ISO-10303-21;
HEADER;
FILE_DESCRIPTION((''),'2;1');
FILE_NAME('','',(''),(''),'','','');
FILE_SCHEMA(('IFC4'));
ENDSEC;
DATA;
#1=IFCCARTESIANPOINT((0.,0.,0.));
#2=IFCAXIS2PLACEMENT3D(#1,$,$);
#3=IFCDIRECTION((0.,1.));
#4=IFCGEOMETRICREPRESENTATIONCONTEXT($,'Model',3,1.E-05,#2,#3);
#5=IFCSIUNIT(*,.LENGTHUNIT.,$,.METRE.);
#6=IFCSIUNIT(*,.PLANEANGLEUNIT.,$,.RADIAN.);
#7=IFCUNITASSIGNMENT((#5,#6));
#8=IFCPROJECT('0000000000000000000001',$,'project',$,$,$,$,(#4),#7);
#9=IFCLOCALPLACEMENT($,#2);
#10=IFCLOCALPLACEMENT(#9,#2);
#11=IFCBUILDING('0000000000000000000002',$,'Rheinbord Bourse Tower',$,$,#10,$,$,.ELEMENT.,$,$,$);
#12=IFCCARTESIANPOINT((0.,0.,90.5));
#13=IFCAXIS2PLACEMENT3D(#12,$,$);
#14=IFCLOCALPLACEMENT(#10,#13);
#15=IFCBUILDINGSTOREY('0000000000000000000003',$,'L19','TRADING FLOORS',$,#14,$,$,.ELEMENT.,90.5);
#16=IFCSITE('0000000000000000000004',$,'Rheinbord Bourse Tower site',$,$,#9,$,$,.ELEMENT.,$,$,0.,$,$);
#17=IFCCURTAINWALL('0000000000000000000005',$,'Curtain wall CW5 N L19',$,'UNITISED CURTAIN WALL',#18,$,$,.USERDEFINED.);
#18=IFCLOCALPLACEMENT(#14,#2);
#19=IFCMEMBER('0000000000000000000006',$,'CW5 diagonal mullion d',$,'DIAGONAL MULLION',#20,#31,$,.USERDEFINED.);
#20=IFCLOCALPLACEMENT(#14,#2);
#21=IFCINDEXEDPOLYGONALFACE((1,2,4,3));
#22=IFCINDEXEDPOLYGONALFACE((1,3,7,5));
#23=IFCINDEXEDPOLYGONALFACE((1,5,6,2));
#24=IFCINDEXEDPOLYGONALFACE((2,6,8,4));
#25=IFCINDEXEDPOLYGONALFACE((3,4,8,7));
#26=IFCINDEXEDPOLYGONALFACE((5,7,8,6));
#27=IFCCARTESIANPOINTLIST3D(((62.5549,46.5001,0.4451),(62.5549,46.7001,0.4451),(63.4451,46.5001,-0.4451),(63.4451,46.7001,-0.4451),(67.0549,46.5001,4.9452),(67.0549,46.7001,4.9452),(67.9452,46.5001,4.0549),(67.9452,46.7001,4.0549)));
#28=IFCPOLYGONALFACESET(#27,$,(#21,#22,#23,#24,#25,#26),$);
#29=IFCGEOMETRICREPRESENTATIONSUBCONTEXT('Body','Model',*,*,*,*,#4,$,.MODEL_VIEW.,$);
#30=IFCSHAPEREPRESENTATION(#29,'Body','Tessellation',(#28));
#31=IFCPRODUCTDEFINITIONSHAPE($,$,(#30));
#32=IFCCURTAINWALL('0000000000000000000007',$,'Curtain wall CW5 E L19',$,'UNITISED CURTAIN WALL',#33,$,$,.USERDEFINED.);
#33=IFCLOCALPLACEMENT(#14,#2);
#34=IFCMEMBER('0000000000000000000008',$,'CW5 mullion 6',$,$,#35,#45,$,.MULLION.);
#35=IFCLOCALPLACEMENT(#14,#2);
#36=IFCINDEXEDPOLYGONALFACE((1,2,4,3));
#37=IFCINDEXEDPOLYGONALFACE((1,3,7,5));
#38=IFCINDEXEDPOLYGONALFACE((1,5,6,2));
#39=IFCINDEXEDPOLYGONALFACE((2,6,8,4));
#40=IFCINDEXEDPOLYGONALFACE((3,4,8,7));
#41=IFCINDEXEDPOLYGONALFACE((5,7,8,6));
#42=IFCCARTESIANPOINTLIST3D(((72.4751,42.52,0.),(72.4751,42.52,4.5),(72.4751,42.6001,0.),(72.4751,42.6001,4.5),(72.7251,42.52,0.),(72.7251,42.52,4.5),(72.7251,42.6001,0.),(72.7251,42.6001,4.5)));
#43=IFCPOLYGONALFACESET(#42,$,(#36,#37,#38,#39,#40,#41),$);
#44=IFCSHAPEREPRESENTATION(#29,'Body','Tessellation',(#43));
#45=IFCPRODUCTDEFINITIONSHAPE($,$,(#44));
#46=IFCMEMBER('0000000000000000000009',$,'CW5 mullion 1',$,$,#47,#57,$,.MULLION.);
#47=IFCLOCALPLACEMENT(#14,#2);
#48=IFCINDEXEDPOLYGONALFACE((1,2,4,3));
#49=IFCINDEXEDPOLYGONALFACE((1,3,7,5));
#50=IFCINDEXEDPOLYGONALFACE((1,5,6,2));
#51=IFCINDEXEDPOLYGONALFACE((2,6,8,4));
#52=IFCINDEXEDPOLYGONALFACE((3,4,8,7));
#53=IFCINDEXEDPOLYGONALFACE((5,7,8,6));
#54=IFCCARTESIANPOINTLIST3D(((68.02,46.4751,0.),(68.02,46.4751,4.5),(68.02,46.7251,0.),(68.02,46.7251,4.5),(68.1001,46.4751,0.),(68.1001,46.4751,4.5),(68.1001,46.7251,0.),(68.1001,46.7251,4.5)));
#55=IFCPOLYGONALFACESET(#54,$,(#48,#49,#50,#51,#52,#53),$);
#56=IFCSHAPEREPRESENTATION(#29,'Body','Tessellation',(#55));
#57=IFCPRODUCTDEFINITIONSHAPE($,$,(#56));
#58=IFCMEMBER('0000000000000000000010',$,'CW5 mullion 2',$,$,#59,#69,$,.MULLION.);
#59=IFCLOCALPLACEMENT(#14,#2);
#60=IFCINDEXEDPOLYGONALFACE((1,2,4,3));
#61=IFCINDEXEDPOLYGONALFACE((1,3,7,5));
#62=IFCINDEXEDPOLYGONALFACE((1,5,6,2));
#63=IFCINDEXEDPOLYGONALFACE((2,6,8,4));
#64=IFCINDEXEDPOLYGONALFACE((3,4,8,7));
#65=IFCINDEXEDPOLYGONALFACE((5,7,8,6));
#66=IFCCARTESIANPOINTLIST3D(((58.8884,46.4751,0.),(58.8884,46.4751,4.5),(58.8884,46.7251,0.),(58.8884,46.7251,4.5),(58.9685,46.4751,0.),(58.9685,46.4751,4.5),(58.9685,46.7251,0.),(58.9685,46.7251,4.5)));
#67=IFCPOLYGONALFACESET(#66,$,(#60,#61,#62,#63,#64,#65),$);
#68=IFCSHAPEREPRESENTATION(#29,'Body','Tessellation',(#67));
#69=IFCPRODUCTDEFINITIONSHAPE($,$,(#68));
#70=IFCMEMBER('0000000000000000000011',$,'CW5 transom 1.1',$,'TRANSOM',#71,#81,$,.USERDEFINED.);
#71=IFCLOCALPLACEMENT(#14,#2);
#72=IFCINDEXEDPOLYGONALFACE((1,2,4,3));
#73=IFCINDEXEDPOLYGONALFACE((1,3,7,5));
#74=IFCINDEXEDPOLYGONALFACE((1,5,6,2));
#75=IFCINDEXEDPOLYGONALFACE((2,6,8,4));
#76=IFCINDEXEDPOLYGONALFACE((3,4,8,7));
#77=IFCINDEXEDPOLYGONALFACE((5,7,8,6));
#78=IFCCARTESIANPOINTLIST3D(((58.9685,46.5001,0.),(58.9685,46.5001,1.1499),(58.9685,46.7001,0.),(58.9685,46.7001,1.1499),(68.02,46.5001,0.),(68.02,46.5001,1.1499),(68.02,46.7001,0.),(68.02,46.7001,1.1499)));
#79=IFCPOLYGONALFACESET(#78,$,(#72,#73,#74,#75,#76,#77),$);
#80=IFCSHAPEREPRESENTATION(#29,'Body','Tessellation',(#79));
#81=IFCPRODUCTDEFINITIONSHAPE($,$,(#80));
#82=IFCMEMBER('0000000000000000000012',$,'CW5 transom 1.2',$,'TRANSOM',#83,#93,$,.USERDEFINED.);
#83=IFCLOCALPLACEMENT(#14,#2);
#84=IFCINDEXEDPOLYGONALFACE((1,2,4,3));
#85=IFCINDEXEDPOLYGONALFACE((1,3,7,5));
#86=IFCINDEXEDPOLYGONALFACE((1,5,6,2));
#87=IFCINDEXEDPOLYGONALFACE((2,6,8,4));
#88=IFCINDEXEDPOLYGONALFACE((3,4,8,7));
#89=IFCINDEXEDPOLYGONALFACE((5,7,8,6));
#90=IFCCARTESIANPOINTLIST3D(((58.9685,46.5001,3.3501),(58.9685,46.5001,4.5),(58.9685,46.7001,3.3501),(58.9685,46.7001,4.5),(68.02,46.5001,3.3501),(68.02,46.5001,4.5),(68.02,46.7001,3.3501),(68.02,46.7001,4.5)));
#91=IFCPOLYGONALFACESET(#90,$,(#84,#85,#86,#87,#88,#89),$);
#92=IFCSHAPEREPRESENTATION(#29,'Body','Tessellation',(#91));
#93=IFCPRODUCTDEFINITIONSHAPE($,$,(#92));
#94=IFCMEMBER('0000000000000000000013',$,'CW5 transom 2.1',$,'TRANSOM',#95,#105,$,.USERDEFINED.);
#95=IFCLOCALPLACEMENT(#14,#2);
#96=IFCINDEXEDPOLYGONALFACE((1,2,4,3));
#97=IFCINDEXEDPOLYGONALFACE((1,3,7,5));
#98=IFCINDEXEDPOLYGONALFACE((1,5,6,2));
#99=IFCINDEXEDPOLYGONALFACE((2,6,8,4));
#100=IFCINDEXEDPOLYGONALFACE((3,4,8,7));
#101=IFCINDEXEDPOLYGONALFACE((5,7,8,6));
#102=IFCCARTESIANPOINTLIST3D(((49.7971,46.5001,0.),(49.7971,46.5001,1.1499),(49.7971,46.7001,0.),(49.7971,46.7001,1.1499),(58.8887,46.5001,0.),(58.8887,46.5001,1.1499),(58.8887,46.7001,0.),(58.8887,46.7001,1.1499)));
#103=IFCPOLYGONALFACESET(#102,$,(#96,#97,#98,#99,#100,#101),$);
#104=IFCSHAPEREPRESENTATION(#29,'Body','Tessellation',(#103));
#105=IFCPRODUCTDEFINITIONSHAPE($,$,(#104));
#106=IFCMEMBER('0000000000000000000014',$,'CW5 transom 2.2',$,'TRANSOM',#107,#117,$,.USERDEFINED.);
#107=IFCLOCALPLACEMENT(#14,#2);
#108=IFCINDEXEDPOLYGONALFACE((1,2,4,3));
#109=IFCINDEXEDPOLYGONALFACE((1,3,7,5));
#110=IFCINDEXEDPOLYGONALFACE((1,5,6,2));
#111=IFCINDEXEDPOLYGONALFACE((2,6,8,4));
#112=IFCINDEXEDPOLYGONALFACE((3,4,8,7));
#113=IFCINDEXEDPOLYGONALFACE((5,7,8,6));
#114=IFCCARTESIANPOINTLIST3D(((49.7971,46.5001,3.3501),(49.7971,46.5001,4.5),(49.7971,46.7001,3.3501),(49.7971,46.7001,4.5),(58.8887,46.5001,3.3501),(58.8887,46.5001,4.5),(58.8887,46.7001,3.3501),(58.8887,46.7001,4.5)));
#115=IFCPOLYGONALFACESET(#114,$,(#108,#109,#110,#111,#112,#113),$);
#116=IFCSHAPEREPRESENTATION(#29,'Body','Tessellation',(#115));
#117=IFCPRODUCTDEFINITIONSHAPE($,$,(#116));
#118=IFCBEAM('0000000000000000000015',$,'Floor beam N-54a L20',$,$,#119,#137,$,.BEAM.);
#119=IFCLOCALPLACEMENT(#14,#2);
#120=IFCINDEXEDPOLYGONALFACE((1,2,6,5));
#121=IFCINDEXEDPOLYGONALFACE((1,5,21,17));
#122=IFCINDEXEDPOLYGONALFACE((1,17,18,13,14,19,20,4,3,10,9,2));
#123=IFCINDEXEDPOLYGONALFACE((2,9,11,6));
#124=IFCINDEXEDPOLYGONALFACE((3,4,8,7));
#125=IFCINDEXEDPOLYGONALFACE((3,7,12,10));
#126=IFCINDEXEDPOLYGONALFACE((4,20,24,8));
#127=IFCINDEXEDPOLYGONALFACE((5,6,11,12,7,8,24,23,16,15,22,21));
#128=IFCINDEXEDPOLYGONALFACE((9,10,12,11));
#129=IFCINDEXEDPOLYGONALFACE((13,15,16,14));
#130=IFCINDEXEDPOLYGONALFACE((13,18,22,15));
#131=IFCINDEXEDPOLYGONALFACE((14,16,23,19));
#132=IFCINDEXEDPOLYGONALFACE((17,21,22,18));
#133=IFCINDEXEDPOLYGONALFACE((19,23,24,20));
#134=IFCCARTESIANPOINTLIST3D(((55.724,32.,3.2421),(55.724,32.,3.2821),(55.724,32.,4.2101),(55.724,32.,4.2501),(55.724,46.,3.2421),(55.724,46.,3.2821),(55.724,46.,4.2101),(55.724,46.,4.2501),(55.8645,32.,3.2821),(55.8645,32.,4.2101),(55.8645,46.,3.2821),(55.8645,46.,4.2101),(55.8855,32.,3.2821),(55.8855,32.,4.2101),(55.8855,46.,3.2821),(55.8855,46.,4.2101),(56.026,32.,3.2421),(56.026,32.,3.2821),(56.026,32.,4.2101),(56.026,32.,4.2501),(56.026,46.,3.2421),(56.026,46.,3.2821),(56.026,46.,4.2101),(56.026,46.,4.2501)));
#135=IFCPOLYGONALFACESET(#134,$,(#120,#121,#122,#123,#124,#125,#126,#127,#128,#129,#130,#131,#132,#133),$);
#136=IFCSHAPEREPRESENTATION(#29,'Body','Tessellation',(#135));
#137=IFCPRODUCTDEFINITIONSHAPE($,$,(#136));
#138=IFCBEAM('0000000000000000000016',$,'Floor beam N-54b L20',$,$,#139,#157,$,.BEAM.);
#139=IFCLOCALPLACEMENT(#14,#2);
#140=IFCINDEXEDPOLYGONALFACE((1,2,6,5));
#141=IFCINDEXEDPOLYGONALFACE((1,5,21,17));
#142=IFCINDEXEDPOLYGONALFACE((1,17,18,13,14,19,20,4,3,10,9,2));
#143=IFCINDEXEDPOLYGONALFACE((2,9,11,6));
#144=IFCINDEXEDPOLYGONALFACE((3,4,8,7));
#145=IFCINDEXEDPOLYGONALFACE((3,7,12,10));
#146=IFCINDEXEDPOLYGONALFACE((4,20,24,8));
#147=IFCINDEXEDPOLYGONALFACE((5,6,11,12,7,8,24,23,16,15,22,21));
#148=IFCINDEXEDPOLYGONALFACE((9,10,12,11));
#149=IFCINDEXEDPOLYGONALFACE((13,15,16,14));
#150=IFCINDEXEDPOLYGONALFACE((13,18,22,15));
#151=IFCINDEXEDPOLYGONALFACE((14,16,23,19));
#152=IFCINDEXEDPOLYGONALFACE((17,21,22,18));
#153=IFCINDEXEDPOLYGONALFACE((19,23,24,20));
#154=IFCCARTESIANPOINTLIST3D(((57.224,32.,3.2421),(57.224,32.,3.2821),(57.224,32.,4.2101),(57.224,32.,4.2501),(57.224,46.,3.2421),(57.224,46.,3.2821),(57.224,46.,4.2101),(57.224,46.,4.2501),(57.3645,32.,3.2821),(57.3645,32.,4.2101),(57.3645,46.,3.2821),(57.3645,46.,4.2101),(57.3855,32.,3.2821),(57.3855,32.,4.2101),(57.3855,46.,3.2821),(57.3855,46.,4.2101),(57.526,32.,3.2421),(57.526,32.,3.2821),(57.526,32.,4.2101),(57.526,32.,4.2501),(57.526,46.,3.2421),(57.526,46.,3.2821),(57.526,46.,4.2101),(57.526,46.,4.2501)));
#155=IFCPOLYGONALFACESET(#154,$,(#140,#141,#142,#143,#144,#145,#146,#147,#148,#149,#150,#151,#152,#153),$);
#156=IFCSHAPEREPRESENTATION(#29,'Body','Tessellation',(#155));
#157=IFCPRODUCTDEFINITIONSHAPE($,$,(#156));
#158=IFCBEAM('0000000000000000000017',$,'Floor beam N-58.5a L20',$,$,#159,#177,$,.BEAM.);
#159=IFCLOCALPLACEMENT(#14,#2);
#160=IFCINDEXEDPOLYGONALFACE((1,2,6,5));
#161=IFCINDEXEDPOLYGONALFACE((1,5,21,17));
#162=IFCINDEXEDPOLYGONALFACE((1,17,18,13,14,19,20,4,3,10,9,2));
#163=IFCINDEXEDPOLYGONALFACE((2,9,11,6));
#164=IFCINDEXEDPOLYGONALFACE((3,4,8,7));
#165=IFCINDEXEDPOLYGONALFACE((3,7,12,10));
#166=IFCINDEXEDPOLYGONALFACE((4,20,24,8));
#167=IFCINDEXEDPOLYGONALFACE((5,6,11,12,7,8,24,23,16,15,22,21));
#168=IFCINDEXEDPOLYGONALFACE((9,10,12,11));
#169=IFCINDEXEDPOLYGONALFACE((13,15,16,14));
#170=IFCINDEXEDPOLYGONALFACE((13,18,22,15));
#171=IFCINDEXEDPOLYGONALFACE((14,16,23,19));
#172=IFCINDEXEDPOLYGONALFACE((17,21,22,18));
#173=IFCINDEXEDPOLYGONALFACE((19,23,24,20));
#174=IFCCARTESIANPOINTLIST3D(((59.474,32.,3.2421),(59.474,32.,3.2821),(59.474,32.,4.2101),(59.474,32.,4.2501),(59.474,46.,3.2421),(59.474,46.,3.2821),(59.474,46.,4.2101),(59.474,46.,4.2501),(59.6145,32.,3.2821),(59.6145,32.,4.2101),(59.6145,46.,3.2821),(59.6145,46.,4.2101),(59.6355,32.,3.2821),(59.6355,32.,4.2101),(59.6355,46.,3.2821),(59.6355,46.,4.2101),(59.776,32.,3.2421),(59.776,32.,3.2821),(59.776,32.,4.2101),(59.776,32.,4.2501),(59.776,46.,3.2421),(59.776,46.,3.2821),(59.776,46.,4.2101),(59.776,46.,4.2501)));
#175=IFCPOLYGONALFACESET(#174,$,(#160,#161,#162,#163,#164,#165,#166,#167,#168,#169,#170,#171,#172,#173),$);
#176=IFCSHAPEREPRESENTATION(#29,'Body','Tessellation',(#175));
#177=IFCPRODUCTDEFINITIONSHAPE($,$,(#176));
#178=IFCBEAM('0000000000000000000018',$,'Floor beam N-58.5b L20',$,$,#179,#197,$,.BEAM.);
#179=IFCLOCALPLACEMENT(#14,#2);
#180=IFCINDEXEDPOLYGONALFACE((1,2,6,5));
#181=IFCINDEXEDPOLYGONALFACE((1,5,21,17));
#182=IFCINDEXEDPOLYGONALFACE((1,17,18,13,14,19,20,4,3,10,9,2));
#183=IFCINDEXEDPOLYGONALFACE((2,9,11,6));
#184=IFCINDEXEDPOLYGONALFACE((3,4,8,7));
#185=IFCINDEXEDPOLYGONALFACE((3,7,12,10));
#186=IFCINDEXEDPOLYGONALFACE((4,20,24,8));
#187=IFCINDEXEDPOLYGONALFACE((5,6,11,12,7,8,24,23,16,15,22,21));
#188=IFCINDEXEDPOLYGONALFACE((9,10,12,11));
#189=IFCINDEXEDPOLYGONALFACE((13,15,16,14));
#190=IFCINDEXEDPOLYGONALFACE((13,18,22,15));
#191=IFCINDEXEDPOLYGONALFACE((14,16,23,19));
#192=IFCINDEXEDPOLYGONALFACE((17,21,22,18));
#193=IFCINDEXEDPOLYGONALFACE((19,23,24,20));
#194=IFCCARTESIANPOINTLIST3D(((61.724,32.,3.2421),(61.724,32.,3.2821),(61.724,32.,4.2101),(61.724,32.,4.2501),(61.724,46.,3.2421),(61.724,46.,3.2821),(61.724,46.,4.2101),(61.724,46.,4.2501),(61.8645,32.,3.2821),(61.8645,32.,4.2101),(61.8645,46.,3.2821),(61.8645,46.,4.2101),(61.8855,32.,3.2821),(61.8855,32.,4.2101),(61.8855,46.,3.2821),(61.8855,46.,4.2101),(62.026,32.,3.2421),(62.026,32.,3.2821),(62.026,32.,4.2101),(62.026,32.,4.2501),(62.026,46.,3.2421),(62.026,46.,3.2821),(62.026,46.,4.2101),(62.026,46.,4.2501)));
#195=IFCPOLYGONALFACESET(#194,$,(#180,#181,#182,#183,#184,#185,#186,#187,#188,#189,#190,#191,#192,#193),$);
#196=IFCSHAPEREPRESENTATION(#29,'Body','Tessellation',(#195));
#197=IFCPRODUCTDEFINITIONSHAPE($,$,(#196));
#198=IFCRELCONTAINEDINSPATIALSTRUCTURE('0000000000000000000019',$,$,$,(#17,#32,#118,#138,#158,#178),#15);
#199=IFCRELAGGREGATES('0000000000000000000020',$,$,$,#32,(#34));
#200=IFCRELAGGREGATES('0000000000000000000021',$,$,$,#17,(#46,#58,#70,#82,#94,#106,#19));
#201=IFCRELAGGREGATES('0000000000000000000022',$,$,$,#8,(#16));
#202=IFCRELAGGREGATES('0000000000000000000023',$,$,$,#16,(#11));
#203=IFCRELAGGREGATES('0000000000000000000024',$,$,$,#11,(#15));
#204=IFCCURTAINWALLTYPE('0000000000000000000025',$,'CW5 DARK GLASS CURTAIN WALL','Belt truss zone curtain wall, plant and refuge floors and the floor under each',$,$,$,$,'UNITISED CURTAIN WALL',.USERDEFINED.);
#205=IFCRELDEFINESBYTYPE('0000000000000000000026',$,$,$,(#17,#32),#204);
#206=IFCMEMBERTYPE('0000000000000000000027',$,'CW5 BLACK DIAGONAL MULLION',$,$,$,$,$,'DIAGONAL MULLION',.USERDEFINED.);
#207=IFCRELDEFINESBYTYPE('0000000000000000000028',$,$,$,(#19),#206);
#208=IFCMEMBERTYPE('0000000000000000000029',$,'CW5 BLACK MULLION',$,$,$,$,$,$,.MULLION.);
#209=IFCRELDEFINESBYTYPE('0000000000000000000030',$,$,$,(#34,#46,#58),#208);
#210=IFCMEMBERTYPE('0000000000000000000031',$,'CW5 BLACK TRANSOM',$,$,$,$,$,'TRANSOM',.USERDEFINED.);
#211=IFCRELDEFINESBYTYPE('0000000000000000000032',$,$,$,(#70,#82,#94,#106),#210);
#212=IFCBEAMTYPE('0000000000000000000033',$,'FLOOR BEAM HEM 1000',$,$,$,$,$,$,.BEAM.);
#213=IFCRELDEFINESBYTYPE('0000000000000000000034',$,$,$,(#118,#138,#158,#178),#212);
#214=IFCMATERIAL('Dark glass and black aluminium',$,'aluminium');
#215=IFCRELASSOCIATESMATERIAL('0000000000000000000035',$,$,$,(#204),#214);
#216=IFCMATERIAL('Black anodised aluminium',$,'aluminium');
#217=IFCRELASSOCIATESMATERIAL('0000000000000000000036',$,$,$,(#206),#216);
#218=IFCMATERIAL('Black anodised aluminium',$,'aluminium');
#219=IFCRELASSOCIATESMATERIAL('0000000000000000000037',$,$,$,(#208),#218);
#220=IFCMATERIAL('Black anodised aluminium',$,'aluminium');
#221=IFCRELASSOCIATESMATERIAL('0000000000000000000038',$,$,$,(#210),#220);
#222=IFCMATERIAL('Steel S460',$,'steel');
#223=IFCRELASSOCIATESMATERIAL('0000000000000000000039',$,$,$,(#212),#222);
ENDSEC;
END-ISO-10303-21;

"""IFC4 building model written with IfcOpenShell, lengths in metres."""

from ifc_helpers import new_model, si_unit, direction, frame, origin, origin_2d, place, context, subcontext, project, spatial, rectangle, i_section, extrude, material, material_profile, profile_set, type_object, element, aggregate, save


model = new_model("IFC4")

# Units and contexts
model_context = context("Model", 3, precision=1e-05, world=origin(), true_north=direction((0.0, 1.0)))
body_context = subcontext(model_context, "Body", "Model", "MODEL_VIEW")
ifc_project = project(units=[si_unit("LENGTHUNIT", "METRE"), si_unit("PLANEANGLEUNIT", "RADIAN")], contexts=[model_context])

# Site, building, storey
site_placement = place(None, origin())
site = spatial("IfcSite", under=ifc_project, at=site_placement, Name="Rheinbord Bourse Tower site", CompositionType="ELEMENT", RefElevation=0.0)
building_placement = place(site_placement, origin())
building = spatial("IfcBuilding", under=site, at=building_placement, Name="Rheinbord Bourse Tower", CompositionType="ELEMENT")
storey_placement = place(building_placement, frame((0.0, 0.0, 90.5)))
storey = spatial("IfcBuildingStorey", under=building, at=storey_placement, Name="L19", Description="TRADING FLOORS", CompositionType="ELEMENT", Elevation=90.5)

# Curtain walls, members
ifc_material_1 = material(Name="Dark glass and black aluminium", Category="aluminium")
curtain_wall_type = type_object("IfcCurtainWallType", Name="CW5 DARK GLASS CURTAIN WALL", Description="Belt truss zone curtain wall, plant and refuge floors and the floor under each", ElementType="UNITISED CURTAIN WALL", PredefinedType="USERDEFINED", material=ifc_material_1)
curtain_wall_1_placement = place(storey_placement, origin())
curtain_wall_1 = element("IfcCurtainWall", 1, at=curtain_wall_1_placement, inside=storey, type_object=curtain_wall_type, Name="Curtain wall CW5 N L19", ObjectType="UNITISED CURTAIN WALL", PredefinedType="USERDEFINED")
ifc_material_2 = material(Name="Black anodised aluminium", Category="aluminium")
ifc_material_profile_1 = material_profile(ifc_material_2, rectangle(XDim=0.2, YDim=1.259, at=origin_2d()), Name="CW5 DIAGONAL MULLION 1259x200")
ifc_profile_set_1 = profile_set([ifc_material_profile_1], Name="Black anodised aluminium")
member_type_1 = type_object("IfcMemberType", Name="CW5 BLACK DIAGONAL MULLION", ElementType="DIAGONAL MULLION", PredefinedType="USERDEFINED", material=ifc_profile_set_1)
member_1_placement = place(storey_placement, frame((63.0, 46.6001, 0.0), z_axis=(0.707107, 0.0, 0.707107), x_axis=(0.0, 1.0, 0.0)))
member_1 = element("IfcMember", 2, at=member_1_placement, type_object=member_type_1, Name="CW5 diagonal mullion d", ObjectType="DIAGONAL MULLION", PredefinedType="USERDEFINED", context=body_context, shape_type="SweptSolid", body=[
    extrude(rectangle(XDim=0.2, YDim=1.259, at=origin_2d()), origin(), (0.0, 0.0, 1.0), 6.364),
])
curtain_wall_2_placement = place(storey_placement, origin())
curtain_wall_2 = element("IfcCurtainWall", 3, at=curtain_wall_2_placement, inside=storey, type_object=curtain_wall_type, Name="Curtain wall CW5 E L19", ObjectType="UNITISED CURTAIN WALL", PredefinedType="USERDEFINED")
ifc_material_3 = material(Name="Black anodised aluminium", Category="aluminium")
ifc_material_profile_2 = material_profile(ifc_material_3, rectangle(XDim=0.25, YDim=0.0801, at=origin_2d()), Name="CW5 MULLION 80x250")
ifc_profile_set_2 = profile_set([ifc_material_profile_2], Name="Black anodised aluminium")
member_type_2 = type_object("IfcMemberType", Name="CW5 BLACK MULLION", PredefinedType="MULLION", material=ifc_profile_set_2)
member_2_placement = place(storey_placement, frame((72.6001, 42.5601, 0.0), z_axis=(0.0, 0.0, 1.0), x_axis=(-1.0, 0.0, 0.0)))
member_2 = element("IfcMember", 4, at=member_2_placement, type_object=member_type_2, Name="CW5 mullion 6", PredefinedType="MULLION", context=body_context, shape_type="SweptSolid", body=[
    extrude(rectangle(XDim=0.25, YDim=0.0801, at=origin_2d()), origin(), (0.0, 0.0, 1.0), 4.5),
])
aggregate(curtain_wall_2, [member_2])

# Members
member_3_placement = place(storey_placement, frame((68.0601, 46.6001, 0.0), z_axis=(0.0, 0.0, 1.0), x_axis=(0.0, -1.0, 0.0)))
member_3 = element("IfcMember", 5, at=member_3_placement, type_object=member_type_2, Name="CW5 mullion 1", PredefinedType="MULLION", context=body_context, shape_type="SweptSolid", body=[
    extrude(rectangle(XDim=0.25, YDim=0.0801, at=origin_2d()), origin(), (0.0, 0.0, 1.0), 4.5),
])
member_4_placement = place(storey_placement, frame((58.9285, 46.6001, 0.0), z_axis=(0.0, 0.0, 1.0), x_axis=(0.0, -1.0, 0.0)))
member_4 = element("IfcMember", 6, at=member_4_placement, type_object=member_type_2, Name="CW5 mullion 2", PredefinedType="MULLION", context=body_context, shape_type="SweptSolid", body=[
    extrude(rectangle(XDim=0.25, YDim=0.0801, at=origin_2d()), origin(), (0.0, 0.0, 1.0), 4.5),
])
ifc_material_4 = material(Name="Black anodised aluminium", Category="aluminium")
ifc_material_profile_3 = material_profile(ifc_material_4, rectangle(XDim=0.2, YDim=1.1499, at=origin_2d()), Name="CW5 TRANSOM 1150x200")
ifc_profile_set_3 = profile_set([ifc_material_profile_3], Name="Black anodised aluminium")
member_type_3 = type_object("IfcMemberType", Name="CW5 BLACK TRANSOM", ElementType="TRANSOM", PredefinedType="USERDEFINED", material=ifc_profile_set_3)
member_5_placement = place(storey_placement, frame((68.02, 46.6001, 0.575), z_axis=(-1.0, 0.0, 0.0), x_axis=(0.0, -1.0, 0.0)))
member_5 = element("IfcMember", 7, at=member_5_placement, type_object=member_type_3, Name="CW5 transom 1.1", ObjectType="TRANSOM", PredefinedType="USERDEFINED", context=body_context, shape_type="SweptSolid", body=[
    extrude(rectangle(XDim=0.2, YDim=1.1499, at=origin_2d()), origin(), (0.0, 0.0, 1.0), 9.0515),
])
member_6_placement = place(storey_placement, frame((68.02, 46.6001, 3.925), z_axis=(-1.0, 0.0, 0.0), x_axis=(0.0, -1.0, 0.0)))
member_6 = element("IfcMember", 8, at=member_6_placement, type_object=member_type_3, Name="CW5 transom 1.2", ObjectType="TRANSOM", PredefinedType="USERDEFINED", context=body_context, shape_type="SweptSolid", body=[
    extrude(rectangle(XDim=0.2, YDim=1.1499, at=origin_2d()), origin(), (0.0, 0.0, 1.0), 9.0515),
])
member_7_placement = place(storey_placement, frame((58.8887, 46.6001, 0.575), z_axis=(-1.0, 0.0, 0.0), x_axis=(0.0, -1.0, 0.0)))
member_7 = element("IfcMember", 9, at=member_7_placement, type_object=member_type_3, Name="CW5 transom 2.1", ObjectType="TRANSOM", PredefinedType="USERDEFINED", context=body_context, shape_type="SweptSolid", body=[
    extrude(rectangle(XDim=0.2, YDim=1.1499, at=origin_2d()), origin(), (0.0, 0.0, 1.0), 9.0916),
])
member_8_placement = place(storey_placement, frame((58.8887, 46.6001, 3.925), z_axis=(-1.0, 0.0, 0.0), x_axis=(0.0, -1.0, 0.0)))
member_8 = element("IfcMember", 10, at=member_8_placement, type_object=member_type_3, Name="CW5 transom 2.2", ObjectType="TRANSOM", PredefinedType="USERDEFINED", context=body_context, shape_type="SweptSolid", body=[
    extrude(rectangle(XDim=0.2, YDim=1.1499, at=origin_2d()), origin(), (0.0, 0.0, 1.0), 9.0916),
])

# Beams
ifc_material_5 = material(Name="Steel S460", Category="steel")
ifc_material_profile_4 = material_profile(ifc_material_5, i_section(OverallWidth=0.302, OverallDepth=1.0081, WebThickness=0.021, FlangeThickness=0.04, at=origin_2d()), Name="HEM 1000")
ifc_profile_set_4 = profile_set([ifc_material_profile_4], Name="Steel S460")
beam_type_1 = type_object("IfcBeamType", Name="FLOOR BEAM HEM 1000", PredefinedType="BEAM", material=ifc_profile_set_4)
for number, where, z_axis, x_axis, name in (
    (11, (55.875, 46.0, 3.7461), (0.0, -1.0, 0.0), (1.0, 0.0, 0.0), "Floor beam N-54a L20"),
    (12, (57.375, 46.0, 3.7461), (0.0, -1.0, 0.0), (1.0, 0.0, 0.0), "Floor beam N-54b L20"),
    (13, (59.625, 46.0, 3.7461), (0.0, -1.0, 0.0), (1.0, 0.0, 0.0), "Floor beam N-58.5a L20"),
    (14, (61.875, 46.0, 3.7461), (0.0, -1.0, 0.0), (1.0, 0.0, 0.0), "Floor beam N-58.5b L20"),
):
    element("IfcBeam", number, at=place(storey_placement, frame(where, z_axis=z_axis, x_axis=x_axis)), inside=storey, type_object=beam_type_1, Name=name, PredefinedType="BEAM", context=body_context, shape_type="SweptSolid", body=[
        extrude(i_section(OverallWidth=0.302, OverallDepth=1.0081, WebThickness=0.021, FlangeThickness=0.04, at=origin_2d()), origin(), (0.0, 0.0, 1.0), 14.0),
    ])

aggregate(curtain_wall_1, [member_3, member_4, member_5, member_6, member_7, member_8, member_1])

save(model, "model.ifc")
